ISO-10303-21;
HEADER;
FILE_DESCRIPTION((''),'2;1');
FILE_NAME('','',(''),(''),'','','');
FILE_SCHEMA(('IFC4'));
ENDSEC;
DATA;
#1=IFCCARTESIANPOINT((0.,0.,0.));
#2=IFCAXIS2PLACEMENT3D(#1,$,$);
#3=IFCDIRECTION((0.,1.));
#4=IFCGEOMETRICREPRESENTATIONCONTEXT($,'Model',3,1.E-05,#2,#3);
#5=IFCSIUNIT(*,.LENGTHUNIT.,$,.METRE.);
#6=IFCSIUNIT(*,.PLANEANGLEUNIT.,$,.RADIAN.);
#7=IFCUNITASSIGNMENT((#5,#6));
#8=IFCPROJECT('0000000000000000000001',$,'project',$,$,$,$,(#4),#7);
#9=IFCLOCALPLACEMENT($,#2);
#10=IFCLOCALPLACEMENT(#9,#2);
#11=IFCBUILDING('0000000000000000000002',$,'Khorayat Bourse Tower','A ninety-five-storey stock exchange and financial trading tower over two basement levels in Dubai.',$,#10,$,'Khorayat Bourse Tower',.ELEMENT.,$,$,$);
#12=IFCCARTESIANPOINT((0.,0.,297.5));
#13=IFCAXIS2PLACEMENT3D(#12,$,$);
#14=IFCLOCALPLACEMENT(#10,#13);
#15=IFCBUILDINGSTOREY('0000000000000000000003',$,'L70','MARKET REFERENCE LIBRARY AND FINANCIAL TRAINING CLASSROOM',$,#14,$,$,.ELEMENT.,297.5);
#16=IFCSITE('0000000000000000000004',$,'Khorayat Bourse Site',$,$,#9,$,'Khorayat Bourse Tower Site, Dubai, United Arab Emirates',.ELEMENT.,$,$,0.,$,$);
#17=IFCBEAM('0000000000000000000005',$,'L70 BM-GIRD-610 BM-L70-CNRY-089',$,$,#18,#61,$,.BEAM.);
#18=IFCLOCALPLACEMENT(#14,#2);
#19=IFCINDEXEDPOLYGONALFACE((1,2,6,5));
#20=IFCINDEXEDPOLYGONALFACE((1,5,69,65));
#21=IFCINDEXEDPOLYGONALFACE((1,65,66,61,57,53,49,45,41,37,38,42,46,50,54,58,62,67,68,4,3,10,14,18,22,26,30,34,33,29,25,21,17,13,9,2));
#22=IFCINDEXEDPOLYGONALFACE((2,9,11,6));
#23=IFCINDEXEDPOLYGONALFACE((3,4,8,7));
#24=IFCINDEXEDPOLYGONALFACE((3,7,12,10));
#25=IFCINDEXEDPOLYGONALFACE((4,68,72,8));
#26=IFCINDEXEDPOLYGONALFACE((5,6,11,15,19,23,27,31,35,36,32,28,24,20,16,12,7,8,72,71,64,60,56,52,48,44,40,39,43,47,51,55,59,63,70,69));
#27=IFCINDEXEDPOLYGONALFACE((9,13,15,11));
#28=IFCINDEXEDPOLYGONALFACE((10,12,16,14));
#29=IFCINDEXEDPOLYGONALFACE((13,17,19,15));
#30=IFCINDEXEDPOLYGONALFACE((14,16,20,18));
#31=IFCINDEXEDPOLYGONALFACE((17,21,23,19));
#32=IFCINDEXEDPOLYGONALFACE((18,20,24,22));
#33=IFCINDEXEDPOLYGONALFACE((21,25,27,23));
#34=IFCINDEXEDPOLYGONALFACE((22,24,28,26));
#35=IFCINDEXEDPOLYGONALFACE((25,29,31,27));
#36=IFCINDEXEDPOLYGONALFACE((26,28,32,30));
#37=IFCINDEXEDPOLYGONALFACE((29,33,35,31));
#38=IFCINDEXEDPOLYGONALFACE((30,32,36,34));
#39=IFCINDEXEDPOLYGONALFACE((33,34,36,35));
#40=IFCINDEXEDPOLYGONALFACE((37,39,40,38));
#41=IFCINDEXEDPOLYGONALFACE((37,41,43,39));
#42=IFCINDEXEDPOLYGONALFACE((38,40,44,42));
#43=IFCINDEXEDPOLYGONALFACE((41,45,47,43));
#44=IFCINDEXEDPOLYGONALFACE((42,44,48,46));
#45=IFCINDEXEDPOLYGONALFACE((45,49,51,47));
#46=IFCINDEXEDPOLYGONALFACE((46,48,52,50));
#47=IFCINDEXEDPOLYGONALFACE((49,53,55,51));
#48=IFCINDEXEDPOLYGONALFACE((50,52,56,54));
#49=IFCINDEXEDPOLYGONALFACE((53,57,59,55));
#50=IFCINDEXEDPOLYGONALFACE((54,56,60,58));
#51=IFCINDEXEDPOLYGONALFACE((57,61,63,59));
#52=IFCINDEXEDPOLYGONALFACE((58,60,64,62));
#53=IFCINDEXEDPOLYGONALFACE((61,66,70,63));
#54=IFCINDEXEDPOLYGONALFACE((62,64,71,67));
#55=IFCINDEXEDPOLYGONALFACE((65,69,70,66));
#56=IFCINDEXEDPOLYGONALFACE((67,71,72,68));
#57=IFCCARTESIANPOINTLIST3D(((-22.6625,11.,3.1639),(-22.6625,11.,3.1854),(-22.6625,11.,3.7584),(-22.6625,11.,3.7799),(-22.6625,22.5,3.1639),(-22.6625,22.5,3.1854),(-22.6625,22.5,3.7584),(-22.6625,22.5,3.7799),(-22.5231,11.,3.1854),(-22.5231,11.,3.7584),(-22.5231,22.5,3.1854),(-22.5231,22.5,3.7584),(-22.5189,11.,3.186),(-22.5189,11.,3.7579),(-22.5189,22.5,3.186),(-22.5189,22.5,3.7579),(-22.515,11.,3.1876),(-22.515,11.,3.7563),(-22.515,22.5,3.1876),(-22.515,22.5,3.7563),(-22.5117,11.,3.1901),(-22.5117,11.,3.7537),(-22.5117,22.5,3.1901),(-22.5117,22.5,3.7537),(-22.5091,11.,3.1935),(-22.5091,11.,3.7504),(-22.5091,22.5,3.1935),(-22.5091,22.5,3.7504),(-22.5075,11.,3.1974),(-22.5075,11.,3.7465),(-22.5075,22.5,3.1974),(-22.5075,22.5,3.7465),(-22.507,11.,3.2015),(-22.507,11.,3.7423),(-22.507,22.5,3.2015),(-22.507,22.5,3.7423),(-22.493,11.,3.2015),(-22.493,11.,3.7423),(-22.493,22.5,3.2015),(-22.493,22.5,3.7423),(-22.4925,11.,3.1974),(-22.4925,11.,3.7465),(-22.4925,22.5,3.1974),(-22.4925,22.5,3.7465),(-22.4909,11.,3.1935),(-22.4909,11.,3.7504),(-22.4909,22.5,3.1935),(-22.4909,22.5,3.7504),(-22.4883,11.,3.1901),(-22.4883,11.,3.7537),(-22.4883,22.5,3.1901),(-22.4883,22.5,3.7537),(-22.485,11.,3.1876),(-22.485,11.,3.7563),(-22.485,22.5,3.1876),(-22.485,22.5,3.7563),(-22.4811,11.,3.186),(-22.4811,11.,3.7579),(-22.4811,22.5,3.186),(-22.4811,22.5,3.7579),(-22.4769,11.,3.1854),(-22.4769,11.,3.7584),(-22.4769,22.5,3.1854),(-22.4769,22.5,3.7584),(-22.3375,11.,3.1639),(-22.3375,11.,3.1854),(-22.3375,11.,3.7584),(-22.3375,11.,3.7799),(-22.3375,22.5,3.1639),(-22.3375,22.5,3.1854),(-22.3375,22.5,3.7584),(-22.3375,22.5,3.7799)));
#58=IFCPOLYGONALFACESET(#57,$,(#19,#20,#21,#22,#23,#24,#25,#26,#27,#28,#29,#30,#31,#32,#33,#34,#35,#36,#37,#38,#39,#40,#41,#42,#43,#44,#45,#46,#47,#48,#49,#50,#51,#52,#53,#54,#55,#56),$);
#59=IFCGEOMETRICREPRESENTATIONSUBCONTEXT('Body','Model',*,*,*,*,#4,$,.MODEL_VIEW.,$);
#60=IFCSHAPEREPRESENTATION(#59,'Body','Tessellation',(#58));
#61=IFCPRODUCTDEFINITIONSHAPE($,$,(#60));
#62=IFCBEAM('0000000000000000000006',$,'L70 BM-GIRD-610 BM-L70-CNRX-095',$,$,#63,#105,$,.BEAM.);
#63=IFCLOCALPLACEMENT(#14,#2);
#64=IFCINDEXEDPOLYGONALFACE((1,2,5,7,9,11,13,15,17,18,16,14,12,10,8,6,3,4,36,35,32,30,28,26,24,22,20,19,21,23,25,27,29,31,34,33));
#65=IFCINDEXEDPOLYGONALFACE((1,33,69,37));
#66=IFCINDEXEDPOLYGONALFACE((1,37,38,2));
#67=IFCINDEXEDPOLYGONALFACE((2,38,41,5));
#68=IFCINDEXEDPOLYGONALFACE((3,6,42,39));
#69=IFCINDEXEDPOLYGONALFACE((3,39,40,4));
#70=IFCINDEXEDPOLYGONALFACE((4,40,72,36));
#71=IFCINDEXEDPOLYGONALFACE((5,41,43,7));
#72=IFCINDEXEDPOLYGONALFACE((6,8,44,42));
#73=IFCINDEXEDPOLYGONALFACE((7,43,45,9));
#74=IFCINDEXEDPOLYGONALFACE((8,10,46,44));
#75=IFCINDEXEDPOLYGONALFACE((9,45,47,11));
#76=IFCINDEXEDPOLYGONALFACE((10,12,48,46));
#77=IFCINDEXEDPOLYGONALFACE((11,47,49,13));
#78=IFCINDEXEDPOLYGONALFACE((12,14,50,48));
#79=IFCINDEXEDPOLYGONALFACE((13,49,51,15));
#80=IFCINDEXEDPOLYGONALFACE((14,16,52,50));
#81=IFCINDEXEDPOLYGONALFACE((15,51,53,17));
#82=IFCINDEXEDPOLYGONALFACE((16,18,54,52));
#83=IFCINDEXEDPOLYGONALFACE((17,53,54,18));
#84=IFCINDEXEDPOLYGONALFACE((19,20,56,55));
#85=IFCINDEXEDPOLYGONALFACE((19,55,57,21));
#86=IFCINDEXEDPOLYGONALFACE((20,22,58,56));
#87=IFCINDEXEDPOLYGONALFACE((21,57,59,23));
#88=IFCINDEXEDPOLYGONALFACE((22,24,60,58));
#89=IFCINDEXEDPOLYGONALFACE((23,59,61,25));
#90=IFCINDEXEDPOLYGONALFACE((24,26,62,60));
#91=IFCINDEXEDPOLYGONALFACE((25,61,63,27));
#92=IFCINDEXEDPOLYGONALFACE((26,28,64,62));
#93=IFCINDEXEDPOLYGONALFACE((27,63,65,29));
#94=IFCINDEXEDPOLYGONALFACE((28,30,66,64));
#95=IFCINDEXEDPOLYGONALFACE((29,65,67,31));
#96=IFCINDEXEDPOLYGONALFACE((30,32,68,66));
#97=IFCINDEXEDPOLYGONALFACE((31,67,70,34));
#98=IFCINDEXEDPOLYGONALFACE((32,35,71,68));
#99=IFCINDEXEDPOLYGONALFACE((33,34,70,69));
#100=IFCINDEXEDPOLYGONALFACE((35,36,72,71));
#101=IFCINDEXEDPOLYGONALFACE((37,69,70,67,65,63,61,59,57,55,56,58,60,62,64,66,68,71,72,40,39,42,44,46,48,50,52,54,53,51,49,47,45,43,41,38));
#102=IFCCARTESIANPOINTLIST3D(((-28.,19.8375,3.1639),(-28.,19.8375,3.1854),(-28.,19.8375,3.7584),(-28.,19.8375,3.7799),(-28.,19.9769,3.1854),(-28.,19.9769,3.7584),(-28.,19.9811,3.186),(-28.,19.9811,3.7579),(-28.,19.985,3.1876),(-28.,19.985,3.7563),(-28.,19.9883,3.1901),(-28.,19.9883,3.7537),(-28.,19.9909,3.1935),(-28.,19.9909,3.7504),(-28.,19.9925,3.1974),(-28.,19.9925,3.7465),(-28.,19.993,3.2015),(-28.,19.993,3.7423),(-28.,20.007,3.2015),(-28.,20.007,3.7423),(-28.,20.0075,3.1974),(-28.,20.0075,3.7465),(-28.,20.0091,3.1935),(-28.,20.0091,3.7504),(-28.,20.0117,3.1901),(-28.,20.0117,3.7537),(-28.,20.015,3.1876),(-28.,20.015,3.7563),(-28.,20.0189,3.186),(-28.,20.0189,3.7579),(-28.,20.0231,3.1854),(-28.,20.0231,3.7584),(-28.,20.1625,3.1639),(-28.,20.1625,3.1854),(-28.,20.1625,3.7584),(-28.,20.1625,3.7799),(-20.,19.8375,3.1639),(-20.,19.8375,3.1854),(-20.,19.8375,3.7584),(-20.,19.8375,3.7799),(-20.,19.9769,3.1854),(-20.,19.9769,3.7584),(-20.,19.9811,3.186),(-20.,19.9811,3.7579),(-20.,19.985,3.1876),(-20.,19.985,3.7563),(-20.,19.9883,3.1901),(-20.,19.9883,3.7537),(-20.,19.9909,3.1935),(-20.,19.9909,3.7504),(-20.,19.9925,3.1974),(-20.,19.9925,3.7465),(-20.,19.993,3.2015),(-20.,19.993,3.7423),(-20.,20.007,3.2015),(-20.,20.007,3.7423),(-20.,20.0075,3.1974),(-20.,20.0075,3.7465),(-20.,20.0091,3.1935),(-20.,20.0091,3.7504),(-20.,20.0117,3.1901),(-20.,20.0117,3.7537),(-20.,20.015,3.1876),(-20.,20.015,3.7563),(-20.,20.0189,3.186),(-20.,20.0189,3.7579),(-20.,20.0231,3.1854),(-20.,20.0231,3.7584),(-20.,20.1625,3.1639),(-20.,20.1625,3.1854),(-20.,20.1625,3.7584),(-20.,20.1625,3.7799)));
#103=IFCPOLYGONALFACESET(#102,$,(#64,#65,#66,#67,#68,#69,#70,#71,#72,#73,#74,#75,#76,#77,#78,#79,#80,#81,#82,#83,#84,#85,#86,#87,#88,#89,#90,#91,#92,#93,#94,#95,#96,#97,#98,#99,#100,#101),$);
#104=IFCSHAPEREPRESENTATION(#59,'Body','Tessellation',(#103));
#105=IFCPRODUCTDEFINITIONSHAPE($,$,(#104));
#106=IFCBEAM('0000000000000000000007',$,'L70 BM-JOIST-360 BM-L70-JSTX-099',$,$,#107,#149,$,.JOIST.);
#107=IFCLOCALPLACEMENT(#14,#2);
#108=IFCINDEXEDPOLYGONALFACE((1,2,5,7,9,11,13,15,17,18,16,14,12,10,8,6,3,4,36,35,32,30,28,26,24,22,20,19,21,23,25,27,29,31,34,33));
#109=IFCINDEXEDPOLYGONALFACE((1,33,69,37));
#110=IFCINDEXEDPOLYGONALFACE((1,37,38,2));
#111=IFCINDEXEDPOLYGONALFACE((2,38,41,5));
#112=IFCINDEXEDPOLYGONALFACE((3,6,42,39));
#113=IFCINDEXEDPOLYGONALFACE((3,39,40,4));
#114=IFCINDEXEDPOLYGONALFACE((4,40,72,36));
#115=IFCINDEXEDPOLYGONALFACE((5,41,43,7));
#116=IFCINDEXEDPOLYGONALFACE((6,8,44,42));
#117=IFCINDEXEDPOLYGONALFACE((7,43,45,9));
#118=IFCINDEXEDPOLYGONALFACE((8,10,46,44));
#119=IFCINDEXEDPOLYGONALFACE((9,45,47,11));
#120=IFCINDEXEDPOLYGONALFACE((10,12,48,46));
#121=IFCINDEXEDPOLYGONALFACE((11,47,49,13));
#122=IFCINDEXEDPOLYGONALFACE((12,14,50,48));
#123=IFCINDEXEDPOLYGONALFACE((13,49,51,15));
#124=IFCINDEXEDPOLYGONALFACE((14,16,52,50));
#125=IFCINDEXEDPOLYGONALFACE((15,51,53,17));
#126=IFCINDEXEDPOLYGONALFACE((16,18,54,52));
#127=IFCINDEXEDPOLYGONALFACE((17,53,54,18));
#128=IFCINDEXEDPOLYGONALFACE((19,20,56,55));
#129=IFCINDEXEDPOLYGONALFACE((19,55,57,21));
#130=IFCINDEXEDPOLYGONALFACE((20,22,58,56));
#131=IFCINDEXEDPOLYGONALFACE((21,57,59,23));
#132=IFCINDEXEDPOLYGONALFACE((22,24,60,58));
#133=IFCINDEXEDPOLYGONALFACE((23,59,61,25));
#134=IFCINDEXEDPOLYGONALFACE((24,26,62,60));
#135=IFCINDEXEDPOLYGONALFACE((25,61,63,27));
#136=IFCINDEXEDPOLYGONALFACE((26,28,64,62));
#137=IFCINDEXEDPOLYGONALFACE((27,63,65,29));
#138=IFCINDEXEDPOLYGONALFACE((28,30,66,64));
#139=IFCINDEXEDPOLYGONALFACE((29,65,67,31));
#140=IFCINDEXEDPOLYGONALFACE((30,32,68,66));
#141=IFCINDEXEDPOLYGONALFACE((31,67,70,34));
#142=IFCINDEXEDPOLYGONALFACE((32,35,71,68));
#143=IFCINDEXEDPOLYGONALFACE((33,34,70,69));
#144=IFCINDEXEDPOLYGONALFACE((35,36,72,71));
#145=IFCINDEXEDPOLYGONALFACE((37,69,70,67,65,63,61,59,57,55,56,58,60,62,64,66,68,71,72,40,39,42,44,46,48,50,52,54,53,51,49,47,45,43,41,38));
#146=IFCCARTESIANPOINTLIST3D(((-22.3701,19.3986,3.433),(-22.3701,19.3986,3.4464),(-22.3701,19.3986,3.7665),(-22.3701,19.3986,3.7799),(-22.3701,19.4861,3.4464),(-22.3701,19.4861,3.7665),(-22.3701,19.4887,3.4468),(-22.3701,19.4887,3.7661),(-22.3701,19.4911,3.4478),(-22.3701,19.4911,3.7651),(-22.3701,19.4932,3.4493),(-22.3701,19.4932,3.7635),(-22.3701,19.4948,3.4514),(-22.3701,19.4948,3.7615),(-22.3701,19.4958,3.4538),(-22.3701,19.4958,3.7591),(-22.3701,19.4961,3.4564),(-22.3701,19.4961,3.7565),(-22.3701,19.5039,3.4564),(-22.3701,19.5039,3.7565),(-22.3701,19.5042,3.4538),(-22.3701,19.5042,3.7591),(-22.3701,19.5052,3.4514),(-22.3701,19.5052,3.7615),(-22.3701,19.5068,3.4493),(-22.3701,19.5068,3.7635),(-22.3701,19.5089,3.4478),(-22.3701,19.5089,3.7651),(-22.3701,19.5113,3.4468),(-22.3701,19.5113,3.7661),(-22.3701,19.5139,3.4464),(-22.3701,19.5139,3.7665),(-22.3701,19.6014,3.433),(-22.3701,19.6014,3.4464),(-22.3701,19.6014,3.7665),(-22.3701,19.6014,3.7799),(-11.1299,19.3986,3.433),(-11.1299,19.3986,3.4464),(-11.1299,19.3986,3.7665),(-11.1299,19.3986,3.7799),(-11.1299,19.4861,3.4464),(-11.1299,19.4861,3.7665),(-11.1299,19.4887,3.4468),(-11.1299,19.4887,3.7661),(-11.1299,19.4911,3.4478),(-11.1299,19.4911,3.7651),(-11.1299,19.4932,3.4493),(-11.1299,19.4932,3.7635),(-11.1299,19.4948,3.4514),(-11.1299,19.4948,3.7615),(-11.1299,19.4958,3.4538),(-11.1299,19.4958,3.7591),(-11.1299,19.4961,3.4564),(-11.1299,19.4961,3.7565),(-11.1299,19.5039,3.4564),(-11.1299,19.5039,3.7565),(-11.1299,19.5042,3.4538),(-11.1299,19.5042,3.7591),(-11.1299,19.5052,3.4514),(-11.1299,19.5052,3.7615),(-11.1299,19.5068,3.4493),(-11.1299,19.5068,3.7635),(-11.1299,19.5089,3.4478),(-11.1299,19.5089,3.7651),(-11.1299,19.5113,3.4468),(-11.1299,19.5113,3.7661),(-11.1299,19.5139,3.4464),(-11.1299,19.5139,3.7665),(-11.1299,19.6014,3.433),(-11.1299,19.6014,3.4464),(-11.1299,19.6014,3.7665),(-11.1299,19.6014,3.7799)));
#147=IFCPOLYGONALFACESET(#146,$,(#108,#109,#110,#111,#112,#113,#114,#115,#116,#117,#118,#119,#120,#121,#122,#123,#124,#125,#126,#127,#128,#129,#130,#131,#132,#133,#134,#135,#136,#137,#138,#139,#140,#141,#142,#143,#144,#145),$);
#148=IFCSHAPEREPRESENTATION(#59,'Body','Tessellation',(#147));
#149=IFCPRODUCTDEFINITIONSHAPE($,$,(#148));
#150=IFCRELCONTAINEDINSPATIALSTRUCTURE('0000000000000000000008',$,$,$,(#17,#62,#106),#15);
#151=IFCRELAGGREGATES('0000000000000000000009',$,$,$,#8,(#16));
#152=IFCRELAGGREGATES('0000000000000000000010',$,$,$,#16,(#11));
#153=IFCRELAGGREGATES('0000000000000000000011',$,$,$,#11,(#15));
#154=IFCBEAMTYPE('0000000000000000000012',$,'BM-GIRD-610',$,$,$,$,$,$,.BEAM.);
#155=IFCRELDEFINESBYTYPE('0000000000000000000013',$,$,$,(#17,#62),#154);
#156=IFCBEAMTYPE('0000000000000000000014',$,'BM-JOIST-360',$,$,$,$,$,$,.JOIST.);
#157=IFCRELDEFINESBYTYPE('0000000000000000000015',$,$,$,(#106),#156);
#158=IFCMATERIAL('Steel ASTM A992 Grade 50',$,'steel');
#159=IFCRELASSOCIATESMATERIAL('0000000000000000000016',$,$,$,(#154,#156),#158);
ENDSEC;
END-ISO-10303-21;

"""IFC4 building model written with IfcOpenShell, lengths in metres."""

from ifc_helpers import new_model, si_unit, direction, frame, origin, origin_2d, place, context, subcontext, project, spatial, i_section, extrude, source, transform, mapped, material, material_profile, profile_set, type_object, element, save


model = new_model("IFC4")

# Units and contexts
model_context = context("Model", 3, precision=1e-05, world=origin(), true_north=direction((0.0, 1.0)))
body_context = subcontext(model_context, "Body", "Model", "MODEL_VIEW")
ifc_project = project(units=[si_unit("LENGTHUNIT", "METRE"), si_unit("PLANEANGLEUNIT", "RADIAN")], contexts=[model_context])

# Site, building, storey
site_placement = place(None, origin())
site = spatial("IfcSite", under=ifc_project, at=site_placement, Name="Khorayat Bourse Site", LongName="Khorayat Bourse Tower Site, Dubai, United Arab Emirates", CompositionType="ELEMENT", RefElevation=0.0)
building_placement = place(site_placement, origin())
building = spatial("IfcBuilding", under=site, at=building_placement, Name="Khorayat Bourse Tower", Description="A ninety-five-storey stock exchange and financial trading tower over two basement levels in Dubai.", LongName="Khorayat Bourse Tower", CompositionType="ELEMENT")
storey_placement = place(building_placement, frame((0.0, 0.0, 297.5)))
storey = spatial("IfcBuildingStorey", under=building, at=storey_placement, Name="L70", Description="MARKET REFERENCE LIBRARY AND FINANCIAL TRAINING CLASSROOM", CompositionType="ELEMENT", Elevation=297.5)

# Beams
ifc_material_1 = material(Name="Steel ASTM A992 Grade 50", Category="steel")
ifc_material_profile_1 = material_profile(ifc_material_1, i_section(OverallWidth=0.325, OverallDepth=0.616, WebThickness=0.0139, FlangeThickness=0.0215, FilletRadius=0.0161, at=origin_2d()), Name="W610X174")
ifc_profile_set_1 = profile_set([ifc_material_profile_1], Name="Steel ASTM A992 Grade 50")
beam_type_1 = type_object("IfcBeamType", Name="BM-GIRD-610", PredefinedType="BEAM", material=ifc_profile_set_1)
shared_shape_1 = source(origin(), body_context, "Body", "SweptSolid", [
    extrude(i_section(OverallWidth=0.325, OverallDepth=0.616, WebThickness=0.0139, FlangeThickness=0.0215, FilletRadius=0.0161, at=origin_2d()), origin(), (0.0, 0.0, 1.0), 11.5),
])
beam_1_placement = place(storey_placement, frame((-22.5, 11.0, 3.4719), z_axis=(0.0, 1.0, 0.0), x_axis=(-1.0, 0.0, 0.0)))
element("IfcBeam", 1, at=beam_1_placement, inside=storey, type_object=beam_type_1, Name="L70 BM-GIRD-610 BM-L70-CNRY-089", PredefinedType="BEAM", context=body_context, shape_type="MappedRepresentation", body=[
    mapped(shared_shape_1, transform((0.0, 0.0, 0.0), scale=1.0)),
])
shared_shape_2 = source(origin(), body_context, "Body", "SweptSolid", [
    extrude(i_section(OverallWidth=0.325, OverallDepth=0.616, WebThickness=0.0139, FlangeThickness=0.0215, FilletRadius=0.0161, at=origin_2d()), origin(), (0.0, 0.0, 1.0), 8.0),
])
beam_2_placement = place(storey_placement, frame((-28.0, 20.0, 3.4719), z_axis=(1.0, 0.0, 0.0), x_axis=(0.0, 1.0, 0.0)))
element("IfcBeam", 2, at=beam_2_placement, inside=storey, type_object=beam_type_1, Name="L70 BM-GIRD-610 BM-L70-CNRX-095", PredefinedType="BEAM", context=body_context, shape_type="MappedRepresentation", body=[
    mapped(shared_shape_2, transform((0.0, 0.0, 0.0), scale=1.0)),
])
ifc_material_profile_2 = material_profile(ifc_material_1, i_section(OverallWidth=0.2029, OverallDepth=0.3469, WebThickness=0.0078, FlangeThickness=0.0134, FilletRadius=0.01, at=origin_2d()), Name="W360X64")
ifc_profile_set_2 = profile_set([ifc_material_profile_2], Name="Steel ASTM A992 Grade 50")
beam_type_2 = type_object("IfcBeamType", Name="BM-JOIST-360", PredefinedType="JOIST", material=ifc_profile_set_2)
shared_shape_3 = source(origin(), body_context, "Body", "SweptSolid", [
    extrude(i_section(OverallWidth=0.2029, OverallDepth=0.3469, WebThickness=0.0078, FlangeThickness=0.0134, FilletRadius=0.01, at=origin_2d()), origin(), (0.0, 0.0, 1.0), 11.2402),
])
beam_3_placement = place(storey_placement, frame((-22.3701, 19.5, 3.6064), z_axis=(1.0, 0.0, 0.0), x_axis=(0.0, 1.0, 0.0)))
element("IfcBeam", 3, at=beam_3_placement, inside=storey, type_object=beam_type_2, Name="L70 BM-JOIST-360 BM-L70-JSTX-099", PredefinedType="JOIST", context=body_context, shape_type="MappedRepresentation", body=[
    mapped(shared_shape_3, transform((0.0, 0.0, 0.0), scale=1.0)),
])

save(model, "model.ifc")
